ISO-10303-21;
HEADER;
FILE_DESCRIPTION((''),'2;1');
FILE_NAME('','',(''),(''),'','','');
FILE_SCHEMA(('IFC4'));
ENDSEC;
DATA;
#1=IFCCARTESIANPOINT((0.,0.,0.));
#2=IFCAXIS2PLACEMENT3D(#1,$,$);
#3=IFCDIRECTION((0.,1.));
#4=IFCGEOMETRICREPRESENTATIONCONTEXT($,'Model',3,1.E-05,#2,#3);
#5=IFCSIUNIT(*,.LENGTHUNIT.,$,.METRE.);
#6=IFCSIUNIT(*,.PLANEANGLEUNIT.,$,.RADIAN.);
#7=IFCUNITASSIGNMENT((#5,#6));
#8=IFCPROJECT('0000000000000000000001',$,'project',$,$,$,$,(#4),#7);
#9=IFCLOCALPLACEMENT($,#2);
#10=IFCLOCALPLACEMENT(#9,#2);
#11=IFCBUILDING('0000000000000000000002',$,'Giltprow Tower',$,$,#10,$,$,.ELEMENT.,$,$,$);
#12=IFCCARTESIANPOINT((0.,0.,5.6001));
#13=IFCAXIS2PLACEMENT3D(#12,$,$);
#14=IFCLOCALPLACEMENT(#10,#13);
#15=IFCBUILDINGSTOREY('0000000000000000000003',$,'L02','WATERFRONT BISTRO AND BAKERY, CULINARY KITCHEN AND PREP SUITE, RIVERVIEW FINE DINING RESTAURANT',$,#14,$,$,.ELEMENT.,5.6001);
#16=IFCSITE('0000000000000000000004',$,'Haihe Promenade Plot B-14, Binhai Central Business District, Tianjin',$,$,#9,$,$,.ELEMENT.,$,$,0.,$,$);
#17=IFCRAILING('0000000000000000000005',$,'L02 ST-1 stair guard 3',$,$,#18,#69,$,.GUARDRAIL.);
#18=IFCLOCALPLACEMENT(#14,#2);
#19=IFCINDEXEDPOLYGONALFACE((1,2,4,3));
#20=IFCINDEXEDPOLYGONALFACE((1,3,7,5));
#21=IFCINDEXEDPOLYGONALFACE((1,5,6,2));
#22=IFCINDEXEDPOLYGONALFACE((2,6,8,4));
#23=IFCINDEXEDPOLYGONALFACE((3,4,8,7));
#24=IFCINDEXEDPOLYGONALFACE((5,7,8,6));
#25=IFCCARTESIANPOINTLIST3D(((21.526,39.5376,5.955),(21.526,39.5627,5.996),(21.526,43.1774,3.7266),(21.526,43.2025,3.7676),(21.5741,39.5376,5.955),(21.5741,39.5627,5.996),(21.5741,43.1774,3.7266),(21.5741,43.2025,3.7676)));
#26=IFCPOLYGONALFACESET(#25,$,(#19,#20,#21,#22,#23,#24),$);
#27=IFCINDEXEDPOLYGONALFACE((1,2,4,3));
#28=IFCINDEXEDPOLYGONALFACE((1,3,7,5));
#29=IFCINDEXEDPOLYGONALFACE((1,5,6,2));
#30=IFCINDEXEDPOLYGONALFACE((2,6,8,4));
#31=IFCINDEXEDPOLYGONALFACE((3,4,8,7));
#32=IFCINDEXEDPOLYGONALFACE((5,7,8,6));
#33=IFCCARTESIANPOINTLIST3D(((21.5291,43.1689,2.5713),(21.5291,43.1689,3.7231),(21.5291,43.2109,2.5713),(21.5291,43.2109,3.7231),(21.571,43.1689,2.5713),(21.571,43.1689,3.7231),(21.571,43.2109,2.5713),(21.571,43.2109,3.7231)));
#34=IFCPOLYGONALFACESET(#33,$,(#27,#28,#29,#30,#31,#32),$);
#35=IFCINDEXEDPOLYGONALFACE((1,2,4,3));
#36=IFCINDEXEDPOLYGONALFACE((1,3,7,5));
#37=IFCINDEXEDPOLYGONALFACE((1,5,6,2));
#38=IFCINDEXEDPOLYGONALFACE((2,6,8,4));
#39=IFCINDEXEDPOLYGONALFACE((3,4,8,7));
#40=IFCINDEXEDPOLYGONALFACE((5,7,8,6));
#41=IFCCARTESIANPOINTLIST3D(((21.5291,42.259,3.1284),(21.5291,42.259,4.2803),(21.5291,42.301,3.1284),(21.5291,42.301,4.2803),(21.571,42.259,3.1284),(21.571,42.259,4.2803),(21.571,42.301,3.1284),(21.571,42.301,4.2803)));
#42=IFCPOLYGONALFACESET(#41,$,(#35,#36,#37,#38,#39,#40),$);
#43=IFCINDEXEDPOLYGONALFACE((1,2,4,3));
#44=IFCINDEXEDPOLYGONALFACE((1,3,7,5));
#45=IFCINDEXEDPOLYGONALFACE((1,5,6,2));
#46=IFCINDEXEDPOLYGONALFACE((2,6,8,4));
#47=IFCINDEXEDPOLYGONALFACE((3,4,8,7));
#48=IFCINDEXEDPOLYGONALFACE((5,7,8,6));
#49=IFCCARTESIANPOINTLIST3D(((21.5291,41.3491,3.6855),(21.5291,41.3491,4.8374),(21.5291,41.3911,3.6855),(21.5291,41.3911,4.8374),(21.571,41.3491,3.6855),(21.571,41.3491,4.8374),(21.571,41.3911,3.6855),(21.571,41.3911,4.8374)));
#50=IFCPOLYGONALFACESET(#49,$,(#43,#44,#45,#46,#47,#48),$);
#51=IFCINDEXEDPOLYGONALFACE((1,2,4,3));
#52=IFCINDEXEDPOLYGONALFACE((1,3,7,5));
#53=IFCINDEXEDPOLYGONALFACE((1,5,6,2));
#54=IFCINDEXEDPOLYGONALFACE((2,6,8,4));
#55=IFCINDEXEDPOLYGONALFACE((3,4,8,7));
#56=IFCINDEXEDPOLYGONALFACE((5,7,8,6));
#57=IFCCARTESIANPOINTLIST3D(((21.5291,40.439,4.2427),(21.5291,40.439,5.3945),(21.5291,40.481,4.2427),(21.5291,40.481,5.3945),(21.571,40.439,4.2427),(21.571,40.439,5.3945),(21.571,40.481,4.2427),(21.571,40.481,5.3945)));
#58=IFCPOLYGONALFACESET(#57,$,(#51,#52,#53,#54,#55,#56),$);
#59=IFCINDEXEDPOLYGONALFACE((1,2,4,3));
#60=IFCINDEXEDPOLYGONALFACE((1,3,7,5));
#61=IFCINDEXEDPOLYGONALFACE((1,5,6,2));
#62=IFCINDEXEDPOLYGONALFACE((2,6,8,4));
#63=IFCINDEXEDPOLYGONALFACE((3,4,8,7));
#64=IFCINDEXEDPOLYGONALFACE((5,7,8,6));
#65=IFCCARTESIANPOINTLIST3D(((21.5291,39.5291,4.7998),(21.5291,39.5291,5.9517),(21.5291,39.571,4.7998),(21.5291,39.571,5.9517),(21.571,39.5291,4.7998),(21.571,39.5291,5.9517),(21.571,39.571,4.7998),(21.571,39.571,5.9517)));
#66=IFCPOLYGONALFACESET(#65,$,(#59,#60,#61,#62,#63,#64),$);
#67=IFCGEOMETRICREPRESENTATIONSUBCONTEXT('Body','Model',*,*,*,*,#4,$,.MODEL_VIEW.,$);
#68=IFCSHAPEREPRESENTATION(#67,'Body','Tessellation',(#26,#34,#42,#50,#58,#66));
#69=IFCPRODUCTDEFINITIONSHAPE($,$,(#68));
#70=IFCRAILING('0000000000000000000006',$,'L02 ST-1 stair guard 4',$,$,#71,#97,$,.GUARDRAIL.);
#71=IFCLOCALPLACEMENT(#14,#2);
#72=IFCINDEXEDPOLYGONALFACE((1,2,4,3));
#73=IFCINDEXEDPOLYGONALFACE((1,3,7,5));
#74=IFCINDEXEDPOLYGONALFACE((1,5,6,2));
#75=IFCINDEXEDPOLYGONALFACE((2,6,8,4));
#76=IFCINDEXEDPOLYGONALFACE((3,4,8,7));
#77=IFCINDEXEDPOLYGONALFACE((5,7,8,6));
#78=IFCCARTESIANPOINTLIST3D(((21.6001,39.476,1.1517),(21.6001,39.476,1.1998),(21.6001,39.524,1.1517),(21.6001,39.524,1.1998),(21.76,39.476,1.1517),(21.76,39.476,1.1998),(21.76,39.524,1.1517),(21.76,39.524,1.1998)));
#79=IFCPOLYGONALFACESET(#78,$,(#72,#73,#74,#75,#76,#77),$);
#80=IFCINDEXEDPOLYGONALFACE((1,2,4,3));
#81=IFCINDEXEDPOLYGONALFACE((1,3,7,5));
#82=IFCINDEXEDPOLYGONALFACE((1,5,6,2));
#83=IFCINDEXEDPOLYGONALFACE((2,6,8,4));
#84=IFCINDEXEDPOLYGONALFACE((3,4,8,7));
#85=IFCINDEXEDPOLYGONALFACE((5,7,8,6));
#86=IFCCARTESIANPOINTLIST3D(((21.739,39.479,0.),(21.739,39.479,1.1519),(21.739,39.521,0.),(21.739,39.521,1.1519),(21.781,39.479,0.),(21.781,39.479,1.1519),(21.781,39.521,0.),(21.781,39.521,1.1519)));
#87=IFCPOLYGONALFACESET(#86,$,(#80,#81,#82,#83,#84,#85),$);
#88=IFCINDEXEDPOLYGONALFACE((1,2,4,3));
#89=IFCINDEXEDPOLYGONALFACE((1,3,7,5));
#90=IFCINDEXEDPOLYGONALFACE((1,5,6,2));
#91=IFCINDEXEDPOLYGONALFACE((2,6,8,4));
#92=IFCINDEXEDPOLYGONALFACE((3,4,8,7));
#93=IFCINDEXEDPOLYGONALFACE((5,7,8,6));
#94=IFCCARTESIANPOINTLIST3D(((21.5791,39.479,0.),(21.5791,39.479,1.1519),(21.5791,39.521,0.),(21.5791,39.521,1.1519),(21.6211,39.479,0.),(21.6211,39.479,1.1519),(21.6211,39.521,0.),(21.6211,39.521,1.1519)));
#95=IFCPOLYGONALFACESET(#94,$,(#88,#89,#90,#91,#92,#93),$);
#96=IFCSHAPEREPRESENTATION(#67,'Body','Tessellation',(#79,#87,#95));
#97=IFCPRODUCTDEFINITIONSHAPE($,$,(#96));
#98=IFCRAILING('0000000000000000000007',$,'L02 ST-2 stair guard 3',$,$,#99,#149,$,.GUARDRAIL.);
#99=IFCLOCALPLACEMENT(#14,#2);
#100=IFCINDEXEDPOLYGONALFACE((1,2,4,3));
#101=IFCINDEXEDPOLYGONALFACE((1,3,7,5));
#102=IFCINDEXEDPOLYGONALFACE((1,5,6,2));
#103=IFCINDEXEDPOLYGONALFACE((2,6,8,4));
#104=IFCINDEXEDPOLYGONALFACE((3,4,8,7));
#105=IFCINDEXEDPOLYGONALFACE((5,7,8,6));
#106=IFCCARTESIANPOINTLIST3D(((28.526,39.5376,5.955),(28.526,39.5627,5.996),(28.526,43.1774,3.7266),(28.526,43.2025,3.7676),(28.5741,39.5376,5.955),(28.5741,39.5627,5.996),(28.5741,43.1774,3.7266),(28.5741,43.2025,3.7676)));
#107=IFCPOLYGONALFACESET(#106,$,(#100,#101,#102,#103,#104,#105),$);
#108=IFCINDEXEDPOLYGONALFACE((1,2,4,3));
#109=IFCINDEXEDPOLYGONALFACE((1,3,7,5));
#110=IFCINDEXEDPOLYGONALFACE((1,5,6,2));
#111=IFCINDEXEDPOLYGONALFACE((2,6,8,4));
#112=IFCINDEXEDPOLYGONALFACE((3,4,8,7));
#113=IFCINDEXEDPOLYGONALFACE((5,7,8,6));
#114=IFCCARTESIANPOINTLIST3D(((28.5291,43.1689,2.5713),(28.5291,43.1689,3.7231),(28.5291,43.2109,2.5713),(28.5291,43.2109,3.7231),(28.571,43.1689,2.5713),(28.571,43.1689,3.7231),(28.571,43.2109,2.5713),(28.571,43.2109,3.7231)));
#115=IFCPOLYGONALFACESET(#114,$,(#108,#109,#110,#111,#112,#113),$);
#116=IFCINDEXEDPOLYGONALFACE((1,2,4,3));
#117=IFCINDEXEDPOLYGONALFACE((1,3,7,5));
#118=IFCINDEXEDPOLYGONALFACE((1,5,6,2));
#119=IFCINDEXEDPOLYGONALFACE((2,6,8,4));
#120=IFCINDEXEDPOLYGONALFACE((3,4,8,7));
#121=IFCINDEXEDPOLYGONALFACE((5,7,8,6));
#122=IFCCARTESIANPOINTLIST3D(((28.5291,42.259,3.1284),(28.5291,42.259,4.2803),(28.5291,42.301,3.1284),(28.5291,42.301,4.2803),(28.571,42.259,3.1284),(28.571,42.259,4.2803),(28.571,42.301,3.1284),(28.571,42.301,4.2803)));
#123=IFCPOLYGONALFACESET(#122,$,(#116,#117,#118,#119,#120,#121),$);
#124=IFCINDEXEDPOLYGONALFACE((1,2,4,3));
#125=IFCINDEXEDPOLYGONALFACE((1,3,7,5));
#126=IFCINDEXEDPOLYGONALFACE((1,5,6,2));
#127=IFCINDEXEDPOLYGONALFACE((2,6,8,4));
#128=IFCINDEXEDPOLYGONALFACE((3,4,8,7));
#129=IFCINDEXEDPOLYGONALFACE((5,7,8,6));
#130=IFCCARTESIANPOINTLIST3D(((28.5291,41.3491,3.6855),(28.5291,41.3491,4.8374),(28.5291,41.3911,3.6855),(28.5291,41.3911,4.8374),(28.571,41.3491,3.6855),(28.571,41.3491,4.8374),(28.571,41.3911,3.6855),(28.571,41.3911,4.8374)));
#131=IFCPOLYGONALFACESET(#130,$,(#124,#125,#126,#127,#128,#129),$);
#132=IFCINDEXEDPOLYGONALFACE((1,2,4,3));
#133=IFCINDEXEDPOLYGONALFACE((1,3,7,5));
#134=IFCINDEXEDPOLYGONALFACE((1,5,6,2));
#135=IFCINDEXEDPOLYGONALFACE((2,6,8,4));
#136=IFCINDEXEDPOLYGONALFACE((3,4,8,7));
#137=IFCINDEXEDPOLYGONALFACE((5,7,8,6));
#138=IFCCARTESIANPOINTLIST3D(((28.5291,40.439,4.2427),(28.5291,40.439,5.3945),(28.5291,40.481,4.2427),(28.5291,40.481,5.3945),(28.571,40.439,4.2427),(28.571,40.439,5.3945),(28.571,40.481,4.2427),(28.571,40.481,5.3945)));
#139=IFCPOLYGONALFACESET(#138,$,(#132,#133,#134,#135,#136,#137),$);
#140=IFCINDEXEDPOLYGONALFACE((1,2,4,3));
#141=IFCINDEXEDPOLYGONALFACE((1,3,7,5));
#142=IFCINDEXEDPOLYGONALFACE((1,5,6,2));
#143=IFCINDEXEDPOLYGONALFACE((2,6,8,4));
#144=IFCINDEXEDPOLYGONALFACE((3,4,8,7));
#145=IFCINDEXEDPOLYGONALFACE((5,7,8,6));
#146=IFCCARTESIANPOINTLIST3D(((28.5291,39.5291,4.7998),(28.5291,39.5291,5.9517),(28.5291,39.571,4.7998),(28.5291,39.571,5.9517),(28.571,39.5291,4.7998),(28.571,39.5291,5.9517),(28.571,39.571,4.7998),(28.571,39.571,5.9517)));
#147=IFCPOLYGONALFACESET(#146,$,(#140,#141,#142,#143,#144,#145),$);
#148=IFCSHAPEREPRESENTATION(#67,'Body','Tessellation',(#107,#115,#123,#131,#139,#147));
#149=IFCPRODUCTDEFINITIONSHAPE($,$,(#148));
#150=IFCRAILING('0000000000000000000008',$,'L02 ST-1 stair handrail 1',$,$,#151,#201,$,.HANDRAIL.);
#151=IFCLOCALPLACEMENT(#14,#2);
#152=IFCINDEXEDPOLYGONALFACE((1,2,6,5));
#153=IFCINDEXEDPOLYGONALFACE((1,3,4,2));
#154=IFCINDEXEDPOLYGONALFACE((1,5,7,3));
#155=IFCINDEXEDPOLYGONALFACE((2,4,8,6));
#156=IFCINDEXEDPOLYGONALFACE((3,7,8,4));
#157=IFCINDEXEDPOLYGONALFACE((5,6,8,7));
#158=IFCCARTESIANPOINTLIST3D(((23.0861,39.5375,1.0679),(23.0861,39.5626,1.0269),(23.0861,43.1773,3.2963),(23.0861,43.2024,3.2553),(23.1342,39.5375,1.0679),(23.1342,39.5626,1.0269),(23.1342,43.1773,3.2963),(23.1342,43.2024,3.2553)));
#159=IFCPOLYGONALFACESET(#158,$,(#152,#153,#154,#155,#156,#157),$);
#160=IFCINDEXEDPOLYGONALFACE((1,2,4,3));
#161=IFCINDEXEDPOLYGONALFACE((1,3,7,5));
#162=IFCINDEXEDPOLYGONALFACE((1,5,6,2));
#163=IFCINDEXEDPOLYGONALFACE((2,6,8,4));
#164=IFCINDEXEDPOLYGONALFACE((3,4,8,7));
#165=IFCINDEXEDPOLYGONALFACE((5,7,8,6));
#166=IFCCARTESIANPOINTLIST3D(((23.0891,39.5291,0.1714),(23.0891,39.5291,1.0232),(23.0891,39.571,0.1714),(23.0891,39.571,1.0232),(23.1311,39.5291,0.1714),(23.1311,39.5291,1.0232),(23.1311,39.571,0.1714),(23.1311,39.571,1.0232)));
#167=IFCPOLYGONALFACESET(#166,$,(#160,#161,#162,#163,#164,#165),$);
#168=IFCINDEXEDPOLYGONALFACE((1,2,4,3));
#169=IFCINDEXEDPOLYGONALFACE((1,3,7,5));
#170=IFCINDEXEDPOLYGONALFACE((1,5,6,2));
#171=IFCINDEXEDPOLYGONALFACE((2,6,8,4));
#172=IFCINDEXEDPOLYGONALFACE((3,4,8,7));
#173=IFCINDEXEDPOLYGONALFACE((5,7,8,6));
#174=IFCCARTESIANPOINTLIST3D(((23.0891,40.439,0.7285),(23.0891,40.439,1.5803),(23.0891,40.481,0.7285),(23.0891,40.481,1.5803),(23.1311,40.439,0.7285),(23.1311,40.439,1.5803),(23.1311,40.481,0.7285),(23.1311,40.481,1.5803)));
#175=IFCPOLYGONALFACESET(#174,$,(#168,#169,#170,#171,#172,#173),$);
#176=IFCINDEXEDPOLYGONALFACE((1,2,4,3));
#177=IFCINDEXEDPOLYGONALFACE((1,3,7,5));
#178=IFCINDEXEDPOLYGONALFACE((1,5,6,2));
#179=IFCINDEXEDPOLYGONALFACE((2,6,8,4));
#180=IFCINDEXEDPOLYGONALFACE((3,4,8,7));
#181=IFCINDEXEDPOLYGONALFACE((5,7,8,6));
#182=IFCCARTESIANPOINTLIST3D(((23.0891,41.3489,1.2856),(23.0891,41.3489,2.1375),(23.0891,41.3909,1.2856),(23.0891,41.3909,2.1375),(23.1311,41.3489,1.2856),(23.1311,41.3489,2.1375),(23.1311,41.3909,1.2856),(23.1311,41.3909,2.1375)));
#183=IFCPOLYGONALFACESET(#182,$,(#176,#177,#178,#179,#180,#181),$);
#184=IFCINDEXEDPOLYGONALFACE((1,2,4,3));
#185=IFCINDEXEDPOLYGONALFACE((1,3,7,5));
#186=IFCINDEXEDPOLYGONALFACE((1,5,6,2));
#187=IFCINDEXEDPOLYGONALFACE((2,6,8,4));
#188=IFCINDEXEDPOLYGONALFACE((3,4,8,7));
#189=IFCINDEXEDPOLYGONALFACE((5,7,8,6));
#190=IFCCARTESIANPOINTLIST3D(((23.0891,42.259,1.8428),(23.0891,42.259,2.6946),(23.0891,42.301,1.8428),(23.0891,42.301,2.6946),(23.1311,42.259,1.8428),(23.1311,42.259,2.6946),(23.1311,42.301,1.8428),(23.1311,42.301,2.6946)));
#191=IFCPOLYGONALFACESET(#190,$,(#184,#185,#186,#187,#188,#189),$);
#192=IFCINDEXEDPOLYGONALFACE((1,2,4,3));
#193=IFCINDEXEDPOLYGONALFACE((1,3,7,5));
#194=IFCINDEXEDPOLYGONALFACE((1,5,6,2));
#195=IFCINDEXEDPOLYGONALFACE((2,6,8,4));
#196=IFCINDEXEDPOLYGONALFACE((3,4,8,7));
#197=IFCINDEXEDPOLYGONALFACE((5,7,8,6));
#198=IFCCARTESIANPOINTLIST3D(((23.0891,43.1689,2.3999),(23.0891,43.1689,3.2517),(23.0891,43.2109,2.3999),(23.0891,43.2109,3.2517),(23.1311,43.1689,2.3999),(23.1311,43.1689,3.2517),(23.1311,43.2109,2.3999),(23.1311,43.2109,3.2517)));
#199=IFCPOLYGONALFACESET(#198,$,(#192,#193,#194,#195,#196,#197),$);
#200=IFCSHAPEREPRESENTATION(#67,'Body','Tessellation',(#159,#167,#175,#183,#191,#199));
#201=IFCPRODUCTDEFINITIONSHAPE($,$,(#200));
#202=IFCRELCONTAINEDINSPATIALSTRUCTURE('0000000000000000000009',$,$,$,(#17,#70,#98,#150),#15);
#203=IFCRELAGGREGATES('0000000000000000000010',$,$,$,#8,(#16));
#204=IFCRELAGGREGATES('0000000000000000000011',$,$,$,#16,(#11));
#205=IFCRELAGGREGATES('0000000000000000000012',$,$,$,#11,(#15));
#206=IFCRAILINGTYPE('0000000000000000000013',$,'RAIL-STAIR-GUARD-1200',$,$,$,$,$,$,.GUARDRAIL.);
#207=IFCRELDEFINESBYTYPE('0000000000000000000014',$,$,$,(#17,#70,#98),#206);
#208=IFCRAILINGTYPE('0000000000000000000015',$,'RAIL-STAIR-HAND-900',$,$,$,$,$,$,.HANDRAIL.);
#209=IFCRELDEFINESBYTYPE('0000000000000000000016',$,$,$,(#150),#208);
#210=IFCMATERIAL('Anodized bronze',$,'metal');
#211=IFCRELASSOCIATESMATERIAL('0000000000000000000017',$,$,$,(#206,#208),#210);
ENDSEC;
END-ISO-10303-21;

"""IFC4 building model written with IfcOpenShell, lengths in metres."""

from ifc_helpers import new_model, si_unit, direction, frame, origin, origin_2d, place, context, subcontext, project, spatial, rectangle, extrude, material, type_object, element, save


model = new_model("IFC4")

# Units and contexts
model_context = context("Model", 3, precision=1e-05, world=origin(), true_north=direction((0.0, 1.0)))
body_context = subcontext(model_context, "Body", "Model", "MODEL_VIEW")
ifc_project = project(units=[si_unit("LENGTHUNIT", "METRE"), si_unit("PLANEANGLEUNIT", "RADIAN")], contexts=[model_context])

# Site, building, storey
site_placement = place(None, origin())
site = spatial("IfcSite", under=ifc_project, at=site_placement, Name="Haihe Promenade Plot B-14, Binhai Central Business District, Tianjin", CompositionType="ELEMENT", RefElevation=0.0)
building_placement = place(site_placement, origin())
building = spatial("IfcBuilding", under=site, at=building_placement, Name="Giltprow Tower", CompositionType="ELEMENT")
storey_placement = place(building_placement, frame((0.0, 0.0, 5.6001)))
storey = spatial("IfcBuildingStorey", under=building, at=storey_placement, Name="L02", Description="WATERFRONT BISTRO AND BAKERY, CULINARY KITCHEN AND PREP SUITE, RIVERVIEW FINE DINING RESTAURANT", CompositionType="ELEMENT", Elevation=5.6001)

# Railings
ifc_material_1 = material(Name="Anodized bronze", Category="metal")
railing_type_1 = type_object("IfcRailingType", Name="RAIL-STAIR-GUARD-1200", PredefinedType="GUARDRAIL", material=ifc_material_1)
railing_1_placement = place(storey_placement, frame((21.55, 43.1899, 2.5713)))
element("IfcRailing", 1, at=railing_1_placement, inside=storey, type_object=railing_type_1, Name="L02 ST-1 stair guard 3", PredefinedType="GUARDRAIL", context=body_context, shape_type="SweptSolid", body=[
    extrude(rectangle(XDim=0.0481, YDim=0.0481, at=origin_2d()), frame((0.0, 0.0, 1.1758), z_axis=(0.0, -0.85285, 0.522156), x_axis=(1.0, 0.0, 0.0)), (0.0, 0.0, 1.0), 4.2678),
    extrude(rectangle(XDim=0.042, YDim=0.042, at=origin_2d()), origin(), (0.0, 0.0, 1.0), 1.1519),
    extrude(rectangle(XDim=0.042, YDim=0.042, at=origin_2d()), frame((0.0, -0.9099, 0.5571)), (0.0, 0.0, 1.0), 1.1519),
    extrude(rectangle(XDim=0.042, YDim=0.042, at=origin_2d()), frame((0.0, -1.8198, 1.1143)), (0.0, 0.0, 1.0), 1.1519),
    extrude(rectangle(XDim=0.042, YDim=0.042, at=origin_2d()), frame((0.0, -2.73, 1.6714)), (0.0, 0.0, 1.0), 1.1519),
    extrude(rectangle(XDim=0.042, YDim=0.042, at=origin_2d()), frame((0.0, -3.6399, 2.2285)), (0.0, 0.0, 1.0), 1.1519),
])
railing_2_placement = place(storey_placement, frame((21.76, 39.5, 0.0)))
element("IfcRailing", 2, at=railing_2_placement, inside=storey, type_object=railing_type_1, Name="L02 ST-1 stair guard 4", PredefinedType="GUARDRAIL", context=body_context, shape_type="SweptSolid", body=[
    extrude(rectangle(XDim=0.0481, YDim=0.0481, at=origin_2d()), frame((0.0, 0.0, 1.1758), z_axis=(-1.0, 0.0, 0.0), x_axis=(0.0, -1.0, 0.0)), (0.0, 0.0, 1.0), 0.1599),
    extrude(rectangle(XDim=0.042, YDim=0.042, at=origin_2d()), origin(), (0.0, 0.0, 1.0), 1.1519),
    extrude(rectangle(XDim=0.042, YDim=0.042, at=origin_2d()), frame((-0.1599, 0.0, 0.0)), (0.0, 0.0, 1.0), 1.1519),
])
railing_3_placement = place(storey_placement, frame((28.55, 43.1899, 2.5713)))
element("IfcRailing", 3, at=railing_3_placement, inside=storey, type_object=railing_type_1, Name="L02 ST-2 stair guard 3", PredefinedType="GUARDRAIL", context=body_context, shape_type="SweptSolid", body=[
    extrude(rectangle(XDim=0.0481, YDim=0.0481, at=origin_2d()), frame((0.0, 0.0, 1.1758), z_axis=(0.0, -0.85285, 0.522156), x_axis=(1.0, 0.0, 0.0)), (0.0, 0.0, 1.0), 4.2678),
    extrude(rectangle(XDim=0.042, YDim=0.042, at=origin_2d()), origin(), (0.0, 0.0, 1.0), 1.1519),
    extrude(rectangle(XDim=0.042, YDim=0.042, at=origin_2d()), frame((0.0, -0.9099, 0.5571)), (0.0, 0.0, 1.0), 1.1519),
    extrude(rectangle(XDim=0.042, YDim=0.042, at=origin_2d()), frame((0.0, -1.8198, 1.1143)), (0.0, 0.0, 1.0), 1.1519),
    extrude(rectangle(XDim=0.042, YDim=0.042, at=origin_2d()), frame((0.0, -2.73, 1.6714)), (0.0, 0.0, 1.0), 1.1519),
    extrude(rectangle(XDim=0.042, YDim=0.042, at=origin_2d()), frame((0.0, -3.6399, 2.2285)), (0.0, 0.0, 1.0), 1.1519),
])
railing_type_2 = type_object("IfcRailingType", Name="RAIL-STAIR-HAND-900", PredefinedType="HANDRAIL", material=ifc_material_1)
railing_4_placement = place(storey_placement, frame((23.1101, 39.55, 0.1714)))
element("IfcRailing", 4, at=railing_4_placement, inside=storey, type_object=railing_type_2, Name="L02 ST-1 stair handrail 1", PredefinedType="HANDRAIL", context=body_context, shape_type="SweptSolid", body=[
    extrude(rectangle(XDim=0.0481, YDim=0.0481, at=origin_2d()), frame((0.0, 0.0, 0.876), z_axis=(0.0, 0.85285, 0.522156), x_axis=(-1.0, 0.0, 0.0)), (0.0, 0.0, 1.0), 4.2678),
    extrude(rectangle(XDim=0.042, YDim=0.042, at=origin_2d()), origin(), (0.0, 0.0, 1.0), 0.8518),
    extrude(rectangle(XDim=0.042, YDim=0.042, at=origin_2d()), frame((0.0, 0.9099, 0.5571)), (0.0, 0.0, 1.0), 0.8518),
    extrude(rectangle(XDim=0.042, YDim=0.042, at=origin_2d()), frame((0.0, 1.8198, 1.1143)), (0.0, 0.0, 1.0), 0.8518),
    extrude(rectangle(XDim=0.042, YDim=0.042, at=origin_2d()), frame((0.0, 2.73, 1.6714)), (0.0, 0.0, 1.0), 0.8518),
    extrude(rectangle(XDim=0.042, YDim=0.042, at=origin_2d()), frame((0.0, 3.6399, 2.2285)), (0.0, 0.0, 1.0), 0.8518),
])

save(model, "model.ifc")
